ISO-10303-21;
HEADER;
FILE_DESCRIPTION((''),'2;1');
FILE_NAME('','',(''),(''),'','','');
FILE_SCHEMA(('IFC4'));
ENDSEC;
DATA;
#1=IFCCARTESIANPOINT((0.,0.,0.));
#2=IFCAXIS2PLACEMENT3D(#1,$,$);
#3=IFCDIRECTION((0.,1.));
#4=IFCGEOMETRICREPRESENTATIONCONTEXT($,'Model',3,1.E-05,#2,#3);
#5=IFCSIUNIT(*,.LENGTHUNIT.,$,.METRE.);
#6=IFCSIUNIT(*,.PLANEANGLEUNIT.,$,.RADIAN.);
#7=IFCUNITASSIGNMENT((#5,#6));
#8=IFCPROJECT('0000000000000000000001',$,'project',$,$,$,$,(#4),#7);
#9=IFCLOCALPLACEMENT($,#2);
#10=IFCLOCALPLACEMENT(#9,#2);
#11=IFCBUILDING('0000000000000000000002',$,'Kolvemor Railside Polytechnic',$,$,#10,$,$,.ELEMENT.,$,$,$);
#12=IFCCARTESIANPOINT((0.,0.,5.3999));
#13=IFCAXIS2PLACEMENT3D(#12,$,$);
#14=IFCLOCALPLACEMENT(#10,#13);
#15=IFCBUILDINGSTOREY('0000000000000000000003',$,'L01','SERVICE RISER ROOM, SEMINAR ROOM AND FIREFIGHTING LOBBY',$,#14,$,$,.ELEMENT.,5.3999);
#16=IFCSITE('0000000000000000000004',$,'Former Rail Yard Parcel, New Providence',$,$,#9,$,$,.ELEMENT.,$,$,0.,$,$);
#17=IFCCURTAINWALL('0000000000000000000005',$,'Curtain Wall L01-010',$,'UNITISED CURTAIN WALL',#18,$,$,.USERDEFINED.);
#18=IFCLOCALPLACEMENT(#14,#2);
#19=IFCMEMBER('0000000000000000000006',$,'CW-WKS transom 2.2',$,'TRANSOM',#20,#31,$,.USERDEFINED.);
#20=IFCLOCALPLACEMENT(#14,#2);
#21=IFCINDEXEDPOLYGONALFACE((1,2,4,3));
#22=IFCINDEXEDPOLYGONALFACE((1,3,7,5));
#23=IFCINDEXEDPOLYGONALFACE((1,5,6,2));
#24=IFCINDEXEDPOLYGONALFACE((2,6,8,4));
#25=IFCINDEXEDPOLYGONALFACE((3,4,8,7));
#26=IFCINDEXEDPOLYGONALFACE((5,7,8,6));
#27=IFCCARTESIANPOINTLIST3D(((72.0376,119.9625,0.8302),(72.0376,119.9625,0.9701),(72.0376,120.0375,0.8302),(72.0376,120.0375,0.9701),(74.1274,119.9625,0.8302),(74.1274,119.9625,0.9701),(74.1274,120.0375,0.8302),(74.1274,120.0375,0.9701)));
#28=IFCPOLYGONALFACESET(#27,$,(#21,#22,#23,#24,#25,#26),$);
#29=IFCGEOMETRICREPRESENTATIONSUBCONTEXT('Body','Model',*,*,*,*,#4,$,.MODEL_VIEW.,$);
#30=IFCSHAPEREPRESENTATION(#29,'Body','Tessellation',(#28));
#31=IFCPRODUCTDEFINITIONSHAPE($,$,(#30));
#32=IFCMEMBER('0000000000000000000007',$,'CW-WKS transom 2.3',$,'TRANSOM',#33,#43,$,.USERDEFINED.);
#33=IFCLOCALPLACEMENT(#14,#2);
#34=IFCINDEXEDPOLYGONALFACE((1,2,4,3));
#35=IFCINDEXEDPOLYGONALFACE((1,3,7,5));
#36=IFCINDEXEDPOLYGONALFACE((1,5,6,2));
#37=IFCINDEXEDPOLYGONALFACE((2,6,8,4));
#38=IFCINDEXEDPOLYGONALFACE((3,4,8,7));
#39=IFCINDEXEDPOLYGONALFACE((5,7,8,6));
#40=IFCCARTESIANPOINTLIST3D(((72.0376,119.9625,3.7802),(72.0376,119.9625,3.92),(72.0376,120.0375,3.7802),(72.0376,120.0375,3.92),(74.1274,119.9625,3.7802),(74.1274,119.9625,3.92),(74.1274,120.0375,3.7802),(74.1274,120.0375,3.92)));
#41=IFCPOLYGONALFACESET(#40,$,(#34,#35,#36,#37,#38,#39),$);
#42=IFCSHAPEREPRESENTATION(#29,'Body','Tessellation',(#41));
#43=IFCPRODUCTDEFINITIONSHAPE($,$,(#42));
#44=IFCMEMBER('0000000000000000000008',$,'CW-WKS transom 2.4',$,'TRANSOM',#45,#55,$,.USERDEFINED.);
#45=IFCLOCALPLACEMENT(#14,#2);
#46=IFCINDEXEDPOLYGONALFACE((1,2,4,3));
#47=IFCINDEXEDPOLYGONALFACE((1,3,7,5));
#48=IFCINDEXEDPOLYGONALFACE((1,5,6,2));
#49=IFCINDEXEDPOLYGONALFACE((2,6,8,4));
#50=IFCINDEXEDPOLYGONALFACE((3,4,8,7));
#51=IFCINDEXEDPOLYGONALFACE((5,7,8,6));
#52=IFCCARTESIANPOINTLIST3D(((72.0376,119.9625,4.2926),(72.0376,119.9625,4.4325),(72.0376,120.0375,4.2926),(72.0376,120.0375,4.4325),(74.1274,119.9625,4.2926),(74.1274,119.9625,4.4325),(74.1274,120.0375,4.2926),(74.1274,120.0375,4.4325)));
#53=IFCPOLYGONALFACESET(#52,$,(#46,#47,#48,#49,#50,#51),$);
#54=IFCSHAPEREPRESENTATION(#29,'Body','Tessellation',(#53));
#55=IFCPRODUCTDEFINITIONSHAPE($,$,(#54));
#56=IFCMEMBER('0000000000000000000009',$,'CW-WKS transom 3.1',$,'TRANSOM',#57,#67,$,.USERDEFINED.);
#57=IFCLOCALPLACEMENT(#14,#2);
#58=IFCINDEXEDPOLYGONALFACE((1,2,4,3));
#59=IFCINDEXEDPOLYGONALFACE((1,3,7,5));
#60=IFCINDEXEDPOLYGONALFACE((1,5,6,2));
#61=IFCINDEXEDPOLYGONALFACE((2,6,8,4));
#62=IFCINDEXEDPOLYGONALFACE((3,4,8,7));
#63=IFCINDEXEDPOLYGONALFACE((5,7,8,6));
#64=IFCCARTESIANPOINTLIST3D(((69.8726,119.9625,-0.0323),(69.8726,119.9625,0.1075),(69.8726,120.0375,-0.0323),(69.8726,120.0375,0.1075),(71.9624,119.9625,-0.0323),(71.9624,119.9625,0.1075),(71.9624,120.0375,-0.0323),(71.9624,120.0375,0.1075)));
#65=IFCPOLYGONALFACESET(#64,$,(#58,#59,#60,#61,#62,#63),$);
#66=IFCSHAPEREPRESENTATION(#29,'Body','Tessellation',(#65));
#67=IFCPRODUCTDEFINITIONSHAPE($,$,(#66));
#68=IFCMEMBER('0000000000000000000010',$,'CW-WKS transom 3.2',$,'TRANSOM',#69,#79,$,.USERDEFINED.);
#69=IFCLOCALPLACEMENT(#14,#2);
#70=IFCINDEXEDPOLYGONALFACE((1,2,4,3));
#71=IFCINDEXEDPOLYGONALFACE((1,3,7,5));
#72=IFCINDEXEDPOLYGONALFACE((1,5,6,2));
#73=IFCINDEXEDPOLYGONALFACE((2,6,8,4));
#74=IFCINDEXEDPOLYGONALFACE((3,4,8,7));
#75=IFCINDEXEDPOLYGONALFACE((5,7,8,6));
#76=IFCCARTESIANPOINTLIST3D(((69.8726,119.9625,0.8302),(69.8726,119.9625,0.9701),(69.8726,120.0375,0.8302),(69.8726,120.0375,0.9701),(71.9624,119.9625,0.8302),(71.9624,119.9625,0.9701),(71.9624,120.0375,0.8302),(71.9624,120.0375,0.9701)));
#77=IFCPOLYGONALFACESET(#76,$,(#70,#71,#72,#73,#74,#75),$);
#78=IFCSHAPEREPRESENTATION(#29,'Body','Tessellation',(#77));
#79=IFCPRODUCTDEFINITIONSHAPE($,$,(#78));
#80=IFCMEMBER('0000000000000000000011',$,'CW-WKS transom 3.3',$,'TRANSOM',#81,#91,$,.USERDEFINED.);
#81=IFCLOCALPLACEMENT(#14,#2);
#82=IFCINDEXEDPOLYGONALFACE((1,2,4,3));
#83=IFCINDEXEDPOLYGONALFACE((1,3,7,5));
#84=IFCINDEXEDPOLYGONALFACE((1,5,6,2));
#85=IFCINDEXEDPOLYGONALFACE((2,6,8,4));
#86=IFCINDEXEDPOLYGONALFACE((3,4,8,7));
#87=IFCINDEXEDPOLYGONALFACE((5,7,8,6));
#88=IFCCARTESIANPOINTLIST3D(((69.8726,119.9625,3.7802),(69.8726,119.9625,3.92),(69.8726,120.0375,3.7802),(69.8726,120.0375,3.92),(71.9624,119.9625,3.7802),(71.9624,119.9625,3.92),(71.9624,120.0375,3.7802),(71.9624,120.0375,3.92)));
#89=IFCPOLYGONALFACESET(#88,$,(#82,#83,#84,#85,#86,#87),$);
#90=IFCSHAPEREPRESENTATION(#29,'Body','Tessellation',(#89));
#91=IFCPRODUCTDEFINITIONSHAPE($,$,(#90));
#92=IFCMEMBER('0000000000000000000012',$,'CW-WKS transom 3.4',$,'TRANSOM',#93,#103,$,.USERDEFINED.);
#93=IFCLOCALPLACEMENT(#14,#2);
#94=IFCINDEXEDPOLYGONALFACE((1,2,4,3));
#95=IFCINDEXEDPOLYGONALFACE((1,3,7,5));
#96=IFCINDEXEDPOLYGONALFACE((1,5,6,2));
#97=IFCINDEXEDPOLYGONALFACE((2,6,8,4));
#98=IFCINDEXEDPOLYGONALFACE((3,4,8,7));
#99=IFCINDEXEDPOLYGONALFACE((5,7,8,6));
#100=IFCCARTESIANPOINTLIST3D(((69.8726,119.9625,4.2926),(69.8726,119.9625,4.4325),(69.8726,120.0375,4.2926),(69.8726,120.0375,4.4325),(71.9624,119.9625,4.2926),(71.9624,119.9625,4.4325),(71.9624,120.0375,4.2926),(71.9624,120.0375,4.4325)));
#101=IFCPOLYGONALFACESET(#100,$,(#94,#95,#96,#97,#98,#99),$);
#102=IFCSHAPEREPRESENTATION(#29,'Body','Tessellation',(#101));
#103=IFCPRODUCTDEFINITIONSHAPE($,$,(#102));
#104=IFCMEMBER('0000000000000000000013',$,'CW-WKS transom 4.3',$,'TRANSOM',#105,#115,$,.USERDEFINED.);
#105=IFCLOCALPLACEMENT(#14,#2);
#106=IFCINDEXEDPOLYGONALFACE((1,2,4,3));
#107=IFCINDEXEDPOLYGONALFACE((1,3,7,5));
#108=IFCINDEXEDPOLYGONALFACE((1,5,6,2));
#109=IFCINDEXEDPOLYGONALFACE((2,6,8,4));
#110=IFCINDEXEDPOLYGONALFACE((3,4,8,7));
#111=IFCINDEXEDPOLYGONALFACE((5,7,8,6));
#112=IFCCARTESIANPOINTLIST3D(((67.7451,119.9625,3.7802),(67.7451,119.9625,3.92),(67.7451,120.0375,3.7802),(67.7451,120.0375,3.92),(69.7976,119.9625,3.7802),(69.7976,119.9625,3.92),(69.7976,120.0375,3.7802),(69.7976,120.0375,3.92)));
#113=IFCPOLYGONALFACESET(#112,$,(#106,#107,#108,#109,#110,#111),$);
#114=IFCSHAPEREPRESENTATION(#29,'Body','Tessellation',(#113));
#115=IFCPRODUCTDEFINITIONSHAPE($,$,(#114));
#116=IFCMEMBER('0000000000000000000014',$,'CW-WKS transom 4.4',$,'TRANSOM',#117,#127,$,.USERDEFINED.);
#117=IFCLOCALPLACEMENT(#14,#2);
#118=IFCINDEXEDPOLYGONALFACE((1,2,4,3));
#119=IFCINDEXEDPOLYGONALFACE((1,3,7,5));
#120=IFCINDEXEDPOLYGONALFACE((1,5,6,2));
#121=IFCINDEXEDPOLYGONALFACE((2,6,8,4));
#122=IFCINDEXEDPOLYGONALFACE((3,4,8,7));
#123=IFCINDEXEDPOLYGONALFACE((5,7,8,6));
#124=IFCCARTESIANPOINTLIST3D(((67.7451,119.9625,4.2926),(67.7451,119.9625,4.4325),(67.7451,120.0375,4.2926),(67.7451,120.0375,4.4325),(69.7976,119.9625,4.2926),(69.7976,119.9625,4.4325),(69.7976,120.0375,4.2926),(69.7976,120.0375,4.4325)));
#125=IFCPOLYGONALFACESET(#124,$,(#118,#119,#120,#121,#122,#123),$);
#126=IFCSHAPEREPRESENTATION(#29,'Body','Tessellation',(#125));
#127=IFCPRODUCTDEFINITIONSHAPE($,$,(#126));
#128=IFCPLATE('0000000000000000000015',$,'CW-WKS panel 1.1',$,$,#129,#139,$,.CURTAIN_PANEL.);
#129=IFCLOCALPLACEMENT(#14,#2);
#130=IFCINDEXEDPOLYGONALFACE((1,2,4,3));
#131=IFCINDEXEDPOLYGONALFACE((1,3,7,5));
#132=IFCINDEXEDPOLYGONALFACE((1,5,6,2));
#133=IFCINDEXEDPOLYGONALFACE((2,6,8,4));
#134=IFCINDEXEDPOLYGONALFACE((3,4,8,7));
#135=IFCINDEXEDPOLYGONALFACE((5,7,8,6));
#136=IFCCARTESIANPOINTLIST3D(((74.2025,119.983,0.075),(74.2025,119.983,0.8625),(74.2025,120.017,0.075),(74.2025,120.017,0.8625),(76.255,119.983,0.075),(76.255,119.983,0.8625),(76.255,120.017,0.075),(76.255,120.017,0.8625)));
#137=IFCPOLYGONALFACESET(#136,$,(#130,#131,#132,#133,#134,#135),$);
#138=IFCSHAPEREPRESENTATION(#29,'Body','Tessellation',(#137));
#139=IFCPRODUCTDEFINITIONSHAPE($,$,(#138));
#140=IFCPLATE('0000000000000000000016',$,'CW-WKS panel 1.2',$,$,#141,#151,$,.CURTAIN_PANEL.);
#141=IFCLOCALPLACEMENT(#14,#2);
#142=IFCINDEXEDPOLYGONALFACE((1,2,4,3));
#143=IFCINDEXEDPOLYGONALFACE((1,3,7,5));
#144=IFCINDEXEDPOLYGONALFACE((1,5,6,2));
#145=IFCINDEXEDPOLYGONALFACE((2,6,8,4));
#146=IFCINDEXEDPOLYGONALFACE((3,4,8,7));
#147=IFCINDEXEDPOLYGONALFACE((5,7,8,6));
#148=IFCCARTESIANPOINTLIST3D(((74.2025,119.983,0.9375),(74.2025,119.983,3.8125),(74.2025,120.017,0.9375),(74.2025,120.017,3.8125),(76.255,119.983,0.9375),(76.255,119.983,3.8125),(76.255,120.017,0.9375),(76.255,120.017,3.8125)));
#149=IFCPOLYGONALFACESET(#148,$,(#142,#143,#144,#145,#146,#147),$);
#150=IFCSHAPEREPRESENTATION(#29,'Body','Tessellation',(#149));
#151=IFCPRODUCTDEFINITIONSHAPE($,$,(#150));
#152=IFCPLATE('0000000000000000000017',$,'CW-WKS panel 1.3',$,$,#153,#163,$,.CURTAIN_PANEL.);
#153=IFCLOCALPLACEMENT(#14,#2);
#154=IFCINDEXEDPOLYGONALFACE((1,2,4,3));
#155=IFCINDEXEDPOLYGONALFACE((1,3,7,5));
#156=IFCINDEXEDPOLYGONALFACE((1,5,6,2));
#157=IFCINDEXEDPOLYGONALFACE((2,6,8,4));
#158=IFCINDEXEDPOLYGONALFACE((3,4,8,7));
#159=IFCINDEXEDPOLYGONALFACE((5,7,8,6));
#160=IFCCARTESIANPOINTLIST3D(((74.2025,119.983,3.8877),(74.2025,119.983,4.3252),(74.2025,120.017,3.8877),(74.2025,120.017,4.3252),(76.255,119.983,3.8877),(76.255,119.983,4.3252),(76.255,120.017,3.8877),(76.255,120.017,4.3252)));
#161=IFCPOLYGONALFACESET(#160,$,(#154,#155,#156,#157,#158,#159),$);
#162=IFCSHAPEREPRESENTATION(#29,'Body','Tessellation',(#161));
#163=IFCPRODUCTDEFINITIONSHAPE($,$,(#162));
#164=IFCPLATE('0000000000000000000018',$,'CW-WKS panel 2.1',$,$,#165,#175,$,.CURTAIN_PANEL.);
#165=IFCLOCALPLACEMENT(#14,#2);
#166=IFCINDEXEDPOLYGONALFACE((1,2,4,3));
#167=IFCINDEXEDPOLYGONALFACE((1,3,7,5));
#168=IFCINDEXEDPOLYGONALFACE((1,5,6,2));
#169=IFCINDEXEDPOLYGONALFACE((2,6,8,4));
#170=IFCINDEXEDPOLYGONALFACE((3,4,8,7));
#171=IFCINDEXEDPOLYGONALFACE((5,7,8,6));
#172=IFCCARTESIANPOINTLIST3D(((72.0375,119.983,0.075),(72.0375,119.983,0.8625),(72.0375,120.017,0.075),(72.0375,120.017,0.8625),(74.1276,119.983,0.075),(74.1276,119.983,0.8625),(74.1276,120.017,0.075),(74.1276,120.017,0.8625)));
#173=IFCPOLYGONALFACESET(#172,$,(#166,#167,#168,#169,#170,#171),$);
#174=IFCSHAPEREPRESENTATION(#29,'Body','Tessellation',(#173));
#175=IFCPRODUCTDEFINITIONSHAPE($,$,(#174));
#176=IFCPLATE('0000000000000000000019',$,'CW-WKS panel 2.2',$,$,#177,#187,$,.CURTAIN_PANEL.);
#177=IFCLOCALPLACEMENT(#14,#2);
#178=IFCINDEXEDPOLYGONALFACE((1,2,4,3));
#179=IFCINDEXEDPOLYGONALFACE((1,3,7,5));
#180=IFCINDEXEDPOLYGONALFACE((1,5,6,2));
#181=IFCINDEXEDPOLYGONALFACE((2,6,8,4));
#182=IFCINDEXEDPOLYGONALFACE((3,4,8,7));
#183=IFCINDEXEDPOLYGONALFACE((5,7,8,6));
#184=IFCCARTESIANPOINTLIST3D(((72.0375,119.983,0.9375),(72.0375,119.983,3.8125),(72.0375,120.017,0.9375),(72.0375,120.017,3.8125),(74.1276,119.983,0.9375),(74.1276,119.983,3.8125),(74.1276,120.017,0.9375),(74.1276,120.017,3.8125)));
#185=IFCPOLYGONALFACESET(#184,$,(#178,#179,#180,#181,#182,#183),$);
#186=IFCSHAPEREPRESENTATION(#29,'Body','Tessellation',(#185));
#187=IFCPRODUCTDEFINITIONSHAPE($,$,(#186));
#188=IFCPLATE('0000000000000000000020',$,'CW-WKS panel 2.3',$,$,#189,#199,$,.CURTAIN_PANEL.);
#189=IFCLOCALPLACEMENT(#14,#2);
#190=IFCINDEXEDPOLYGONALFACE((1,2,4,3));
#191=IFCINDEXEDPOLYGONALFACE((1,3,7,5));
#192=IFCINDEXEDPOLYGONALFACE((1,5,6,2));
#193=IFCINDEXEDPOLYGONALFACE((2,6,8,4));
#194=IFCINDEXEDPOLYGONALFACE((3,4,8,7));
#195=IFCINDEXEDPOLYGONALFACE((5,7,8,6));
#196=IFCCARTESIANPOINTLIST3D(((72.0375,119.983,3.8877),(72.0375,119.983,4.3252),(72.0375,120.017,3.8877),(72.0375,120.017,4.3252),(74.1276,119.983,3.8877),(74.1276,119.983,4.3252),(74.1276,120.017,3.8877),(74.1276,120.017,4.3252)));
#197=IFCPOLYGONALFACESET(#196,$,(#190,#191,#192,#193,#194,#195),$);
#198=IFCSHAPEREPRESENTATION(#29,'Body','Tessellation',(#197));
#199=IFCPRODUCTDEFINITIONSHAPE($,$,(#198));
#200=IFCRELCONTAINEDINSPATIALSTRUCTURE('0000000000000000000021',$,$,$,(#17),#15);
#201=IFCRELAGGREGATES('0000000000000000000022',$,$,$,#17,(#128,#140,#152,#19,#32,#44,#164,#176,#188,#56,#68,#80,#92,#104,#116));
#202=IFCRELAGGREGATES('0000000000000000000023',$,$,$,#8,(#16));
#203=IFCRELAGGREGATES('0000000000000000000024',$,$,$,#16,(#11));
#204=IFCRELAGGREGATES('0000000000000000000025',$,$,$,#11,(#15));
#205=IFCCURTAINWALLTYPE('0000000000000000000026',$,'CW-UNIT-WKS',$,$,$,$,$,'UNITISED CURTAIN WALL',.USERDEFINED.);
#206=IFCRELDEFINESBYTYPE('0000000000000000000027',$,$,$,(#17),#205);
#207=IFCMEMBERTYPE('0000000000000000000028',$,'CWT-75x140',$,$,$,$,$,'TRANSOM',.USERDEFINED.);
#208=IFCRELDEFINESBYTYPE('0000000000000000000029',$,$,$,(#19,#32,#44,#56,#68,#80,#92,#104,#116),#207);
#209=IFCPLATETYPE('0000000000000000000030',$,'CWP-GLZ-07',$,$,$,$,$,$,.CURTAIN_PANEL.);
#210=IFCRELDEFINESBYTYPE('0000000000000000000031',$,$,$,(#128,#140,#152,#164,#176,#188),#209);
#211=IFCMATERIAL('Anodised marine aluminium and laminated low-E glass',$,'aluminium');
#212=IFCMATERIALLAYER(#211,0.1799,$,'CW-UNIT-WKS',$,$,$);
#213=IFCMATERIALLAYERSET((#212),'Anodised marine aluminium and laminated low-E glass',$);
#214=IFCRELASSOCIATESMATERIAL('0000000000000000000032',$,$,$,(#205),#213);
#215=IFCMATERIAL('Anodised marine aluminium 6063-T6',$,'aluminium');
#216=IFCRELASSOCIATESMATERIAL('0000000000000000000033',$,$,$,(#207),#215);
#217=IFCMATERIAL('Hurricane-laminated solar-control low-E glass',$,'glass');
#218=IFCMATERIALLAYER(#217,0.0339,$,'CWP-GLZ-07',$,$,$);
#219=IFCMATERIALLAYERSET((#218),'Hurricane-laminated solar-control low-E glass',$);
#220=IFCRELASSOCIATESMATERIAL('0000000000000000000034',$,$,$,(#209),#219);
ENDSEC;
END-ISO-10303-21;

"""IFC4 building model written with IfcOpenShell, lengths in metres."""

from ifc_helpers import new_model, si_unit, direction, frame, origin, origin_2d, place, context, subcontext, project, spatial, rectangle, extrude, material, layer, layer_set, material_profile, profile_set, type_object, element, aggregate, save


model = new_model("IFC4")

# Units and contexts
model_context = context("Model", 3, precision=1e-05, world=origin(), true_north=direction((0.0, 1.0)))
body_context = subcontext(model_context, "Body", "Model", "MODEL_VIEW")
ifc_project = project(units=[si_unit("LENGTHUNIT", "METRE"), si_unit("PLANEANGLEUNIT", "RADIAN")], contexts=[model_context])

# Site, building, storey
site_placement = place(None, origin())
site = spatial("IfcSite", under=ifc_project, at=site_placement, Name="Former Rail Yard Parcel, New Providence", CompositionType="ELEMENT", RefElevation=0.0)
building_placement = place(site_placement, origin())
building = spatial("IfcBuilding", under=site, at=building_placement, Name="Kolvemor Railside Polytechnic", CompositionType="ELEMENT")
storey_placement = place(building_placement, frame((0.0, 0.0, 5.3999)))
storey = spatial("IfcBuildingStorey", under=building, at=storey_placement, Name="L01", Description="SERVICE RISER ROOM, SEMINAR ROOM AND FIREFIGHTING LOBBY", CompositionType="ELEMENT", Elevation=5.3999)

# Curtain wall, members, plates
ifc_material_1 = material(Name="Anodised marine aluminium and laminated low-E glass", Category="aluminium")
ifc_layer_1 = layer(ifc_material_1, 0.1799, Name="CW-UNIT-WKS")
ifc_layer_set_1 = layer_set([ifc_layer_1], Name="Anodised marine aluminium and laminated low-E glass")
curtain_wall_type = type_object("IfcCurtainWallType", Name="CW-UNIT-WKS", ElementType="UNITISED CURTAIN WALL", PredefinedType="USERDEFINED", material=ifc_layer_set_1)
curtain_wall_placement = place(storey_placement, origin())
curtain_wall = element("IfcCurtainWall", 1, at=curtain_wall_placement, inside=storey, type_object=curtain_wall_type, Name="Curtain Wall L01-010", ObjectType="UNITISED CURTAIN WALL", PredefinedType="USERDEFINED")
ifc_material_2 = material(Name="Anodised marine aluminium 6063-T6", Category="aluminium")
ifc_material_profile_1 = material_profile(ifc_material_2, rectangle(XDim=0.075, YDim=0.1399, at=origin_2d()), Name="CW-TRN-75x140")
ifc_profile_set_1 = profile_set([ifc_material_profile_1], Name="Anodised marine aluminium 6063-T6")
member_type_1 = type_object("IfcMemberType", Name="CWT-75x140", ElementType="TRANSOM", PredefinedType="USERDEFINED", material=ifc_profile_set_1)
member_1_placement = place(storey_placement, frame((74.1274, 120.0, 0.9001), z_axis=(-1.0, 0.0, 0.0), x_axis=(0.0, -1.0, 0.0)))
member_1 = element("IfcMember", 2, at=member_1_placement, type_object=member_type_1, Name="CW-WKS transom 2.2", ObjectType="TRANSOM", PredefinedType="USERDEFINED", context=body_context, shape_type="SweptSolid", body=[
    extrude(rectangle(XDim=0.075, YDim=0.1399, at=origin_2d()), origin(), (0.0, 0.0, 1.0), 2.0898),
])
member_2_placement = place(storey_placement, frame((74.1274, 120.0, 3.8501), z_axis=(-1.0, 0.0, 0.0), x_axis=(0.0, -1.0, 0.0)))
member_2 = element("IfcMember", 3, at=member_2_placement, type_object=member_type_1, Name="CW-WKS transom 2.3", ObjectType="TRANSOM", PredefinedType="USERDEFINED", context=body_context, shape_type="SweptSolid", body=[
    extrude(rectangle(XDim=0.075, YDim=0.1399, at=origin_2d()), origin(), (0.0, 0.0, 1.0), 2.0898),
])
member_3_placement = place(storey_placement, frame((74.1274, 120.0, 4.3625), z_axis=(-1.0, 0.0, 0.0), x_axis=(0.0, -1.0, 0.0)))
member_3 = element("IfcMember", 4, at=member_3_placement, type_object=member_type_1, Name="CW-WKS transom 2.4", ObjectType="TRANSOM", PredefinedType="USERDEFINED", context=body_context, shape_type="SweptSolid", body=[
    extrude(rectangle(XDim=0.075, YDim=0.1399, at=origin_2d()), origin(), (0.0, 0.0, 1.0), 2.0898),
])
member_4_placement = place(storey_placement, frame((71.9624, 120.0, 0.0376), z_axis=(-1.0, 0.0, 0.0), x_axis=(0.0, -1.0, 0.0)))
member_4 = element("IfcMember", 5, at=member_4_placement, type_object=member_type_1, Name="CW-WKS transom 3.1", ObjectType="TRANSOM", PredefinedType="USERDEFINED", context=body_context, shape_type="SweptSolid", body=[
    extrude(rectangle(XDim=0.075, YDim=0.1399, at=origin_2d()), origin(), (0.0, 0.0, 1.0), 2.0898),
])
member_5_placement = place(storey_placement, frame((71.9624, 120.0, 0.9001), z_axis=(-1.0, 0.0, 0.0), x_axis=(0.0, -1.0, 0.0)))
member_5 = element("IfcMember", 6, at=member_5_placement, type_object=member_type_1, Name="CW-WKS transom 3.2", ObjectType="TRANSOM", PredefinedType="USERDEFINED", context=body_context, shape_type="SweptSolid", body=[
    extrude(rectangle(XDim=0.075, YDim=0.1399, at=origin_2d()), origin(), (0.0, 0.0, 1.0), 2.0898),
])
member_6_placement = place(storey_placement, frame((71.9624, 120.0, 3.8501), z_axis=(-1.0, 0.0, 0.0), x_axis=(0.0, -1.0, 0.0)))
member_6 = element("IfcMember", 7, at=member_6_placement, type_object=member_type_1, Name="CW-WKS transom 3.3", ObjectType="TRANSOM", PredefinedType="USERDEFINED", context=body_context, shape_type="SweptSolid", body=[
    extrude(rectangle(XDim=0.075, YDim=0.1399, at=origin_2d()), origin(), (0.0, 0.0, 1.0), 2.0898),
])
member_7_placement = place(storey_placement, frame((71.9624, 120.0, 4.3625), z_axis=(-1.0, 0.0, 0.0), x_axis=(0.0, -1.0, 0.0)))
member_7 = element("IfcMember", 8, at=member_7_placement, type_object=member_type_1, Name="CW-WKS transom 3.4", ObjectType="TRANSOM", PredefinedType="USERDEFINED", context=body_context, shape_type="SweptSolid", body=[
    extrude(rectangle(XDim=0.075, YDim=0.1399, at=origin_2d()), origin(), (0.0, 0.0, 1.0), 2.0898),
])
member_8_placement = place(storey_placement, frame((69.7976, 120.0, 3.8501), z_axis=(-1.0, 0.0, 0.0), x_axis=(0.0, -1.0, 0.0)))
member_8 = element("IfcMember", 9, at=member_8_placement, type_object=member_type_1, Name="CW-WKS transom 4.3", ObjectType="TRANSOM", PredefinedType="USERDEFINED", context=body_context, shape_type="SweptSolid", body=[
    extrude(rectangle(XDim=0.075, YDim=0.1399, at=origin_2d()), origin(), (0.0, 0.0, 1.0), 2.0525),
])
member_9_placement = place(storey_placement, frame((69.7976, 120.0, 4.3625), z_axis=(-1.0, 0.0, 0.0), x_axis=(0.0, -1.0, 0.0)))
member_9 = element("IfcMember", 10, at=member_9_placement, type_object=member_type_1, Name="CW-WKS transom 4.4", ObjectType="TRANSOM", PredefinedType="USERDEFINED", context=body_context, shape_type="SweptSolid", body=[
    extrude(rectangle(XDim=0.075, YDim=0.1399, at=origin_2d()), origin(), (0.0, 0.0, 1.0), 2.0525),
])
ifc_material_3 = material(Name="Hurricane-laminated solar-control low-E glass", Category="glass")
ifc_layer_2 = layer(ifc_material_3, 0.0339, Name="CWP-GLZ-07")
ifc_layer_set_2 = layer_set([ifc_layer_2], Name="Hurricane-laminated solar-control low-E glass")
plate_type = type_object("IfcPlateType", Name="CWP-GLZ-07", PredefinedType="CURTAIN_PANEL", material=ifc_layer_set_2)
plate_1_placement = place(storey_placement, frame((75.2288, 120.0, 0.075), z_axis=(0.0, 0.0, 1.0), x_axis=(-1.0, 0.0, 0.0)))
plate_1 = element("IfcPlate", 11, at=plate_1_placement, type_object=plate_type, Name="CW-WKS panel 1.1", PredefinedType="CURTAIN_PANEL", context=body_context, shape_type="SweptSolid", body=[
    extrude(rectangle(XDim=2.0525, YDim=0.0339, at=origin_2d()), origin(), (0.0, 0.0, 1.0), 0.7876),
])
plate_2_placement = place(storey_placement, frame((75.2288, 120.0, 0.9375), z_axis=(0.0, 0.0, 1.0), x_axis=(-1.0, 0.0, 0.0)))
plate_2 = element("IfcPlate", 12, at=plate_2_placement, type_object=plate_type, Name="CW-WKS panel 1.2", PredefinedType="CURTAIN_PANEL", context=body_context, shape_type="SweptSolid", body=[
    extrude(rectangle(XDim=2.0525, YDim=0.0339, at=origin_2d()), origin(), (0.0, 0.0, 1.0), 2.875),
])
plate_3_placement = place(storey_placement, frame((75.2288, 120.0, 3.8877), z_axis=(0.0, 0.0, 1.0), x_axis=(-1.0, 0.0, 0.0)))
plate_3 = element("IfcPlate", 13, at=plate_3_placement, type_object=plate_type, Name="CW-WKS panel 1.3", PredefinedType="CURTAIN_PANEL", context=body_context, shape_type="SweptSolid", body=[
    extrude(rectangle(XDim=2.0525, YDim=0.0339, at=origin_2d()), origin(), (0.0, 0.0, 1.0), 0.4375),
])
plate_4_placement = place(storey_placement, frame((73.0825, 120.0, 0.075), z_axis=(0.0, 0.0, 1.0), x_axis=(-1.0, 0.0, 0.0)))
plate_4 = element("IfcPlate", 14, at=plate_4_placement, type_object=plate_type, Name="CW-WKS panel 2.1", PredefinedType="CURTAIN_PANEL", context=body_context, shape_type="SweptSolid", body=[
    extrude(rectangle(XDim=2.0901, YDim=0.0339, at=origin_2d()), origin(), (0.0, 0.0, 1.0), 0.7876),
])
plate_5_placement = place(storey_placement, frame((73.0825, 120.0, 0.9375), z_axis=(0.0, 0.0, 1.0), x_axis=(-1.0, 0.0, 0.0)))
plate_5 = element("IfcPlate", 15, at=plate_5_placement, type_object=plate_type, Name="CW-WKS panel 2.2", PredefinedType="CURTAIN_PANEL", context=body_context, shape_type="SweptSolid", body=[
    extrude(rectangle(XDim=2.0901, YDim=0.0339, at=origin_2d()), origin(), (0.0, 0.0, 1.0), 2.875),
])
plate_6_placement = place(storey_placement, frame((73.0825, 120.0, 3.8877), z_axis=(0.0, 0.0, 1.0), x_axis=(-1.0, 0.0, 0.0)))
plate_6 = element("IfcPlate", 16, at=plate_6_placement, type_object=plate_type, Name="CW-WKS panel 2.3", PredefinedType="CURTAIN_PANEL", context=body_context, shape_type="SweptSolid", body=[
    extrude(rectangle(XDim=2.0901, YDim=0.0339, at=origin_2d()), origin(), (0.0, 0.0, 1.0), 0.4375),
])
aggregate(curtain_wall, [plate_1, plate_2, plate_3, member_1, member_2, member_3, plate_4, plate_5, plate_6, member_4, member_5, member_6, member_7, member_8, member_9])

save(model, "model.ifc")
